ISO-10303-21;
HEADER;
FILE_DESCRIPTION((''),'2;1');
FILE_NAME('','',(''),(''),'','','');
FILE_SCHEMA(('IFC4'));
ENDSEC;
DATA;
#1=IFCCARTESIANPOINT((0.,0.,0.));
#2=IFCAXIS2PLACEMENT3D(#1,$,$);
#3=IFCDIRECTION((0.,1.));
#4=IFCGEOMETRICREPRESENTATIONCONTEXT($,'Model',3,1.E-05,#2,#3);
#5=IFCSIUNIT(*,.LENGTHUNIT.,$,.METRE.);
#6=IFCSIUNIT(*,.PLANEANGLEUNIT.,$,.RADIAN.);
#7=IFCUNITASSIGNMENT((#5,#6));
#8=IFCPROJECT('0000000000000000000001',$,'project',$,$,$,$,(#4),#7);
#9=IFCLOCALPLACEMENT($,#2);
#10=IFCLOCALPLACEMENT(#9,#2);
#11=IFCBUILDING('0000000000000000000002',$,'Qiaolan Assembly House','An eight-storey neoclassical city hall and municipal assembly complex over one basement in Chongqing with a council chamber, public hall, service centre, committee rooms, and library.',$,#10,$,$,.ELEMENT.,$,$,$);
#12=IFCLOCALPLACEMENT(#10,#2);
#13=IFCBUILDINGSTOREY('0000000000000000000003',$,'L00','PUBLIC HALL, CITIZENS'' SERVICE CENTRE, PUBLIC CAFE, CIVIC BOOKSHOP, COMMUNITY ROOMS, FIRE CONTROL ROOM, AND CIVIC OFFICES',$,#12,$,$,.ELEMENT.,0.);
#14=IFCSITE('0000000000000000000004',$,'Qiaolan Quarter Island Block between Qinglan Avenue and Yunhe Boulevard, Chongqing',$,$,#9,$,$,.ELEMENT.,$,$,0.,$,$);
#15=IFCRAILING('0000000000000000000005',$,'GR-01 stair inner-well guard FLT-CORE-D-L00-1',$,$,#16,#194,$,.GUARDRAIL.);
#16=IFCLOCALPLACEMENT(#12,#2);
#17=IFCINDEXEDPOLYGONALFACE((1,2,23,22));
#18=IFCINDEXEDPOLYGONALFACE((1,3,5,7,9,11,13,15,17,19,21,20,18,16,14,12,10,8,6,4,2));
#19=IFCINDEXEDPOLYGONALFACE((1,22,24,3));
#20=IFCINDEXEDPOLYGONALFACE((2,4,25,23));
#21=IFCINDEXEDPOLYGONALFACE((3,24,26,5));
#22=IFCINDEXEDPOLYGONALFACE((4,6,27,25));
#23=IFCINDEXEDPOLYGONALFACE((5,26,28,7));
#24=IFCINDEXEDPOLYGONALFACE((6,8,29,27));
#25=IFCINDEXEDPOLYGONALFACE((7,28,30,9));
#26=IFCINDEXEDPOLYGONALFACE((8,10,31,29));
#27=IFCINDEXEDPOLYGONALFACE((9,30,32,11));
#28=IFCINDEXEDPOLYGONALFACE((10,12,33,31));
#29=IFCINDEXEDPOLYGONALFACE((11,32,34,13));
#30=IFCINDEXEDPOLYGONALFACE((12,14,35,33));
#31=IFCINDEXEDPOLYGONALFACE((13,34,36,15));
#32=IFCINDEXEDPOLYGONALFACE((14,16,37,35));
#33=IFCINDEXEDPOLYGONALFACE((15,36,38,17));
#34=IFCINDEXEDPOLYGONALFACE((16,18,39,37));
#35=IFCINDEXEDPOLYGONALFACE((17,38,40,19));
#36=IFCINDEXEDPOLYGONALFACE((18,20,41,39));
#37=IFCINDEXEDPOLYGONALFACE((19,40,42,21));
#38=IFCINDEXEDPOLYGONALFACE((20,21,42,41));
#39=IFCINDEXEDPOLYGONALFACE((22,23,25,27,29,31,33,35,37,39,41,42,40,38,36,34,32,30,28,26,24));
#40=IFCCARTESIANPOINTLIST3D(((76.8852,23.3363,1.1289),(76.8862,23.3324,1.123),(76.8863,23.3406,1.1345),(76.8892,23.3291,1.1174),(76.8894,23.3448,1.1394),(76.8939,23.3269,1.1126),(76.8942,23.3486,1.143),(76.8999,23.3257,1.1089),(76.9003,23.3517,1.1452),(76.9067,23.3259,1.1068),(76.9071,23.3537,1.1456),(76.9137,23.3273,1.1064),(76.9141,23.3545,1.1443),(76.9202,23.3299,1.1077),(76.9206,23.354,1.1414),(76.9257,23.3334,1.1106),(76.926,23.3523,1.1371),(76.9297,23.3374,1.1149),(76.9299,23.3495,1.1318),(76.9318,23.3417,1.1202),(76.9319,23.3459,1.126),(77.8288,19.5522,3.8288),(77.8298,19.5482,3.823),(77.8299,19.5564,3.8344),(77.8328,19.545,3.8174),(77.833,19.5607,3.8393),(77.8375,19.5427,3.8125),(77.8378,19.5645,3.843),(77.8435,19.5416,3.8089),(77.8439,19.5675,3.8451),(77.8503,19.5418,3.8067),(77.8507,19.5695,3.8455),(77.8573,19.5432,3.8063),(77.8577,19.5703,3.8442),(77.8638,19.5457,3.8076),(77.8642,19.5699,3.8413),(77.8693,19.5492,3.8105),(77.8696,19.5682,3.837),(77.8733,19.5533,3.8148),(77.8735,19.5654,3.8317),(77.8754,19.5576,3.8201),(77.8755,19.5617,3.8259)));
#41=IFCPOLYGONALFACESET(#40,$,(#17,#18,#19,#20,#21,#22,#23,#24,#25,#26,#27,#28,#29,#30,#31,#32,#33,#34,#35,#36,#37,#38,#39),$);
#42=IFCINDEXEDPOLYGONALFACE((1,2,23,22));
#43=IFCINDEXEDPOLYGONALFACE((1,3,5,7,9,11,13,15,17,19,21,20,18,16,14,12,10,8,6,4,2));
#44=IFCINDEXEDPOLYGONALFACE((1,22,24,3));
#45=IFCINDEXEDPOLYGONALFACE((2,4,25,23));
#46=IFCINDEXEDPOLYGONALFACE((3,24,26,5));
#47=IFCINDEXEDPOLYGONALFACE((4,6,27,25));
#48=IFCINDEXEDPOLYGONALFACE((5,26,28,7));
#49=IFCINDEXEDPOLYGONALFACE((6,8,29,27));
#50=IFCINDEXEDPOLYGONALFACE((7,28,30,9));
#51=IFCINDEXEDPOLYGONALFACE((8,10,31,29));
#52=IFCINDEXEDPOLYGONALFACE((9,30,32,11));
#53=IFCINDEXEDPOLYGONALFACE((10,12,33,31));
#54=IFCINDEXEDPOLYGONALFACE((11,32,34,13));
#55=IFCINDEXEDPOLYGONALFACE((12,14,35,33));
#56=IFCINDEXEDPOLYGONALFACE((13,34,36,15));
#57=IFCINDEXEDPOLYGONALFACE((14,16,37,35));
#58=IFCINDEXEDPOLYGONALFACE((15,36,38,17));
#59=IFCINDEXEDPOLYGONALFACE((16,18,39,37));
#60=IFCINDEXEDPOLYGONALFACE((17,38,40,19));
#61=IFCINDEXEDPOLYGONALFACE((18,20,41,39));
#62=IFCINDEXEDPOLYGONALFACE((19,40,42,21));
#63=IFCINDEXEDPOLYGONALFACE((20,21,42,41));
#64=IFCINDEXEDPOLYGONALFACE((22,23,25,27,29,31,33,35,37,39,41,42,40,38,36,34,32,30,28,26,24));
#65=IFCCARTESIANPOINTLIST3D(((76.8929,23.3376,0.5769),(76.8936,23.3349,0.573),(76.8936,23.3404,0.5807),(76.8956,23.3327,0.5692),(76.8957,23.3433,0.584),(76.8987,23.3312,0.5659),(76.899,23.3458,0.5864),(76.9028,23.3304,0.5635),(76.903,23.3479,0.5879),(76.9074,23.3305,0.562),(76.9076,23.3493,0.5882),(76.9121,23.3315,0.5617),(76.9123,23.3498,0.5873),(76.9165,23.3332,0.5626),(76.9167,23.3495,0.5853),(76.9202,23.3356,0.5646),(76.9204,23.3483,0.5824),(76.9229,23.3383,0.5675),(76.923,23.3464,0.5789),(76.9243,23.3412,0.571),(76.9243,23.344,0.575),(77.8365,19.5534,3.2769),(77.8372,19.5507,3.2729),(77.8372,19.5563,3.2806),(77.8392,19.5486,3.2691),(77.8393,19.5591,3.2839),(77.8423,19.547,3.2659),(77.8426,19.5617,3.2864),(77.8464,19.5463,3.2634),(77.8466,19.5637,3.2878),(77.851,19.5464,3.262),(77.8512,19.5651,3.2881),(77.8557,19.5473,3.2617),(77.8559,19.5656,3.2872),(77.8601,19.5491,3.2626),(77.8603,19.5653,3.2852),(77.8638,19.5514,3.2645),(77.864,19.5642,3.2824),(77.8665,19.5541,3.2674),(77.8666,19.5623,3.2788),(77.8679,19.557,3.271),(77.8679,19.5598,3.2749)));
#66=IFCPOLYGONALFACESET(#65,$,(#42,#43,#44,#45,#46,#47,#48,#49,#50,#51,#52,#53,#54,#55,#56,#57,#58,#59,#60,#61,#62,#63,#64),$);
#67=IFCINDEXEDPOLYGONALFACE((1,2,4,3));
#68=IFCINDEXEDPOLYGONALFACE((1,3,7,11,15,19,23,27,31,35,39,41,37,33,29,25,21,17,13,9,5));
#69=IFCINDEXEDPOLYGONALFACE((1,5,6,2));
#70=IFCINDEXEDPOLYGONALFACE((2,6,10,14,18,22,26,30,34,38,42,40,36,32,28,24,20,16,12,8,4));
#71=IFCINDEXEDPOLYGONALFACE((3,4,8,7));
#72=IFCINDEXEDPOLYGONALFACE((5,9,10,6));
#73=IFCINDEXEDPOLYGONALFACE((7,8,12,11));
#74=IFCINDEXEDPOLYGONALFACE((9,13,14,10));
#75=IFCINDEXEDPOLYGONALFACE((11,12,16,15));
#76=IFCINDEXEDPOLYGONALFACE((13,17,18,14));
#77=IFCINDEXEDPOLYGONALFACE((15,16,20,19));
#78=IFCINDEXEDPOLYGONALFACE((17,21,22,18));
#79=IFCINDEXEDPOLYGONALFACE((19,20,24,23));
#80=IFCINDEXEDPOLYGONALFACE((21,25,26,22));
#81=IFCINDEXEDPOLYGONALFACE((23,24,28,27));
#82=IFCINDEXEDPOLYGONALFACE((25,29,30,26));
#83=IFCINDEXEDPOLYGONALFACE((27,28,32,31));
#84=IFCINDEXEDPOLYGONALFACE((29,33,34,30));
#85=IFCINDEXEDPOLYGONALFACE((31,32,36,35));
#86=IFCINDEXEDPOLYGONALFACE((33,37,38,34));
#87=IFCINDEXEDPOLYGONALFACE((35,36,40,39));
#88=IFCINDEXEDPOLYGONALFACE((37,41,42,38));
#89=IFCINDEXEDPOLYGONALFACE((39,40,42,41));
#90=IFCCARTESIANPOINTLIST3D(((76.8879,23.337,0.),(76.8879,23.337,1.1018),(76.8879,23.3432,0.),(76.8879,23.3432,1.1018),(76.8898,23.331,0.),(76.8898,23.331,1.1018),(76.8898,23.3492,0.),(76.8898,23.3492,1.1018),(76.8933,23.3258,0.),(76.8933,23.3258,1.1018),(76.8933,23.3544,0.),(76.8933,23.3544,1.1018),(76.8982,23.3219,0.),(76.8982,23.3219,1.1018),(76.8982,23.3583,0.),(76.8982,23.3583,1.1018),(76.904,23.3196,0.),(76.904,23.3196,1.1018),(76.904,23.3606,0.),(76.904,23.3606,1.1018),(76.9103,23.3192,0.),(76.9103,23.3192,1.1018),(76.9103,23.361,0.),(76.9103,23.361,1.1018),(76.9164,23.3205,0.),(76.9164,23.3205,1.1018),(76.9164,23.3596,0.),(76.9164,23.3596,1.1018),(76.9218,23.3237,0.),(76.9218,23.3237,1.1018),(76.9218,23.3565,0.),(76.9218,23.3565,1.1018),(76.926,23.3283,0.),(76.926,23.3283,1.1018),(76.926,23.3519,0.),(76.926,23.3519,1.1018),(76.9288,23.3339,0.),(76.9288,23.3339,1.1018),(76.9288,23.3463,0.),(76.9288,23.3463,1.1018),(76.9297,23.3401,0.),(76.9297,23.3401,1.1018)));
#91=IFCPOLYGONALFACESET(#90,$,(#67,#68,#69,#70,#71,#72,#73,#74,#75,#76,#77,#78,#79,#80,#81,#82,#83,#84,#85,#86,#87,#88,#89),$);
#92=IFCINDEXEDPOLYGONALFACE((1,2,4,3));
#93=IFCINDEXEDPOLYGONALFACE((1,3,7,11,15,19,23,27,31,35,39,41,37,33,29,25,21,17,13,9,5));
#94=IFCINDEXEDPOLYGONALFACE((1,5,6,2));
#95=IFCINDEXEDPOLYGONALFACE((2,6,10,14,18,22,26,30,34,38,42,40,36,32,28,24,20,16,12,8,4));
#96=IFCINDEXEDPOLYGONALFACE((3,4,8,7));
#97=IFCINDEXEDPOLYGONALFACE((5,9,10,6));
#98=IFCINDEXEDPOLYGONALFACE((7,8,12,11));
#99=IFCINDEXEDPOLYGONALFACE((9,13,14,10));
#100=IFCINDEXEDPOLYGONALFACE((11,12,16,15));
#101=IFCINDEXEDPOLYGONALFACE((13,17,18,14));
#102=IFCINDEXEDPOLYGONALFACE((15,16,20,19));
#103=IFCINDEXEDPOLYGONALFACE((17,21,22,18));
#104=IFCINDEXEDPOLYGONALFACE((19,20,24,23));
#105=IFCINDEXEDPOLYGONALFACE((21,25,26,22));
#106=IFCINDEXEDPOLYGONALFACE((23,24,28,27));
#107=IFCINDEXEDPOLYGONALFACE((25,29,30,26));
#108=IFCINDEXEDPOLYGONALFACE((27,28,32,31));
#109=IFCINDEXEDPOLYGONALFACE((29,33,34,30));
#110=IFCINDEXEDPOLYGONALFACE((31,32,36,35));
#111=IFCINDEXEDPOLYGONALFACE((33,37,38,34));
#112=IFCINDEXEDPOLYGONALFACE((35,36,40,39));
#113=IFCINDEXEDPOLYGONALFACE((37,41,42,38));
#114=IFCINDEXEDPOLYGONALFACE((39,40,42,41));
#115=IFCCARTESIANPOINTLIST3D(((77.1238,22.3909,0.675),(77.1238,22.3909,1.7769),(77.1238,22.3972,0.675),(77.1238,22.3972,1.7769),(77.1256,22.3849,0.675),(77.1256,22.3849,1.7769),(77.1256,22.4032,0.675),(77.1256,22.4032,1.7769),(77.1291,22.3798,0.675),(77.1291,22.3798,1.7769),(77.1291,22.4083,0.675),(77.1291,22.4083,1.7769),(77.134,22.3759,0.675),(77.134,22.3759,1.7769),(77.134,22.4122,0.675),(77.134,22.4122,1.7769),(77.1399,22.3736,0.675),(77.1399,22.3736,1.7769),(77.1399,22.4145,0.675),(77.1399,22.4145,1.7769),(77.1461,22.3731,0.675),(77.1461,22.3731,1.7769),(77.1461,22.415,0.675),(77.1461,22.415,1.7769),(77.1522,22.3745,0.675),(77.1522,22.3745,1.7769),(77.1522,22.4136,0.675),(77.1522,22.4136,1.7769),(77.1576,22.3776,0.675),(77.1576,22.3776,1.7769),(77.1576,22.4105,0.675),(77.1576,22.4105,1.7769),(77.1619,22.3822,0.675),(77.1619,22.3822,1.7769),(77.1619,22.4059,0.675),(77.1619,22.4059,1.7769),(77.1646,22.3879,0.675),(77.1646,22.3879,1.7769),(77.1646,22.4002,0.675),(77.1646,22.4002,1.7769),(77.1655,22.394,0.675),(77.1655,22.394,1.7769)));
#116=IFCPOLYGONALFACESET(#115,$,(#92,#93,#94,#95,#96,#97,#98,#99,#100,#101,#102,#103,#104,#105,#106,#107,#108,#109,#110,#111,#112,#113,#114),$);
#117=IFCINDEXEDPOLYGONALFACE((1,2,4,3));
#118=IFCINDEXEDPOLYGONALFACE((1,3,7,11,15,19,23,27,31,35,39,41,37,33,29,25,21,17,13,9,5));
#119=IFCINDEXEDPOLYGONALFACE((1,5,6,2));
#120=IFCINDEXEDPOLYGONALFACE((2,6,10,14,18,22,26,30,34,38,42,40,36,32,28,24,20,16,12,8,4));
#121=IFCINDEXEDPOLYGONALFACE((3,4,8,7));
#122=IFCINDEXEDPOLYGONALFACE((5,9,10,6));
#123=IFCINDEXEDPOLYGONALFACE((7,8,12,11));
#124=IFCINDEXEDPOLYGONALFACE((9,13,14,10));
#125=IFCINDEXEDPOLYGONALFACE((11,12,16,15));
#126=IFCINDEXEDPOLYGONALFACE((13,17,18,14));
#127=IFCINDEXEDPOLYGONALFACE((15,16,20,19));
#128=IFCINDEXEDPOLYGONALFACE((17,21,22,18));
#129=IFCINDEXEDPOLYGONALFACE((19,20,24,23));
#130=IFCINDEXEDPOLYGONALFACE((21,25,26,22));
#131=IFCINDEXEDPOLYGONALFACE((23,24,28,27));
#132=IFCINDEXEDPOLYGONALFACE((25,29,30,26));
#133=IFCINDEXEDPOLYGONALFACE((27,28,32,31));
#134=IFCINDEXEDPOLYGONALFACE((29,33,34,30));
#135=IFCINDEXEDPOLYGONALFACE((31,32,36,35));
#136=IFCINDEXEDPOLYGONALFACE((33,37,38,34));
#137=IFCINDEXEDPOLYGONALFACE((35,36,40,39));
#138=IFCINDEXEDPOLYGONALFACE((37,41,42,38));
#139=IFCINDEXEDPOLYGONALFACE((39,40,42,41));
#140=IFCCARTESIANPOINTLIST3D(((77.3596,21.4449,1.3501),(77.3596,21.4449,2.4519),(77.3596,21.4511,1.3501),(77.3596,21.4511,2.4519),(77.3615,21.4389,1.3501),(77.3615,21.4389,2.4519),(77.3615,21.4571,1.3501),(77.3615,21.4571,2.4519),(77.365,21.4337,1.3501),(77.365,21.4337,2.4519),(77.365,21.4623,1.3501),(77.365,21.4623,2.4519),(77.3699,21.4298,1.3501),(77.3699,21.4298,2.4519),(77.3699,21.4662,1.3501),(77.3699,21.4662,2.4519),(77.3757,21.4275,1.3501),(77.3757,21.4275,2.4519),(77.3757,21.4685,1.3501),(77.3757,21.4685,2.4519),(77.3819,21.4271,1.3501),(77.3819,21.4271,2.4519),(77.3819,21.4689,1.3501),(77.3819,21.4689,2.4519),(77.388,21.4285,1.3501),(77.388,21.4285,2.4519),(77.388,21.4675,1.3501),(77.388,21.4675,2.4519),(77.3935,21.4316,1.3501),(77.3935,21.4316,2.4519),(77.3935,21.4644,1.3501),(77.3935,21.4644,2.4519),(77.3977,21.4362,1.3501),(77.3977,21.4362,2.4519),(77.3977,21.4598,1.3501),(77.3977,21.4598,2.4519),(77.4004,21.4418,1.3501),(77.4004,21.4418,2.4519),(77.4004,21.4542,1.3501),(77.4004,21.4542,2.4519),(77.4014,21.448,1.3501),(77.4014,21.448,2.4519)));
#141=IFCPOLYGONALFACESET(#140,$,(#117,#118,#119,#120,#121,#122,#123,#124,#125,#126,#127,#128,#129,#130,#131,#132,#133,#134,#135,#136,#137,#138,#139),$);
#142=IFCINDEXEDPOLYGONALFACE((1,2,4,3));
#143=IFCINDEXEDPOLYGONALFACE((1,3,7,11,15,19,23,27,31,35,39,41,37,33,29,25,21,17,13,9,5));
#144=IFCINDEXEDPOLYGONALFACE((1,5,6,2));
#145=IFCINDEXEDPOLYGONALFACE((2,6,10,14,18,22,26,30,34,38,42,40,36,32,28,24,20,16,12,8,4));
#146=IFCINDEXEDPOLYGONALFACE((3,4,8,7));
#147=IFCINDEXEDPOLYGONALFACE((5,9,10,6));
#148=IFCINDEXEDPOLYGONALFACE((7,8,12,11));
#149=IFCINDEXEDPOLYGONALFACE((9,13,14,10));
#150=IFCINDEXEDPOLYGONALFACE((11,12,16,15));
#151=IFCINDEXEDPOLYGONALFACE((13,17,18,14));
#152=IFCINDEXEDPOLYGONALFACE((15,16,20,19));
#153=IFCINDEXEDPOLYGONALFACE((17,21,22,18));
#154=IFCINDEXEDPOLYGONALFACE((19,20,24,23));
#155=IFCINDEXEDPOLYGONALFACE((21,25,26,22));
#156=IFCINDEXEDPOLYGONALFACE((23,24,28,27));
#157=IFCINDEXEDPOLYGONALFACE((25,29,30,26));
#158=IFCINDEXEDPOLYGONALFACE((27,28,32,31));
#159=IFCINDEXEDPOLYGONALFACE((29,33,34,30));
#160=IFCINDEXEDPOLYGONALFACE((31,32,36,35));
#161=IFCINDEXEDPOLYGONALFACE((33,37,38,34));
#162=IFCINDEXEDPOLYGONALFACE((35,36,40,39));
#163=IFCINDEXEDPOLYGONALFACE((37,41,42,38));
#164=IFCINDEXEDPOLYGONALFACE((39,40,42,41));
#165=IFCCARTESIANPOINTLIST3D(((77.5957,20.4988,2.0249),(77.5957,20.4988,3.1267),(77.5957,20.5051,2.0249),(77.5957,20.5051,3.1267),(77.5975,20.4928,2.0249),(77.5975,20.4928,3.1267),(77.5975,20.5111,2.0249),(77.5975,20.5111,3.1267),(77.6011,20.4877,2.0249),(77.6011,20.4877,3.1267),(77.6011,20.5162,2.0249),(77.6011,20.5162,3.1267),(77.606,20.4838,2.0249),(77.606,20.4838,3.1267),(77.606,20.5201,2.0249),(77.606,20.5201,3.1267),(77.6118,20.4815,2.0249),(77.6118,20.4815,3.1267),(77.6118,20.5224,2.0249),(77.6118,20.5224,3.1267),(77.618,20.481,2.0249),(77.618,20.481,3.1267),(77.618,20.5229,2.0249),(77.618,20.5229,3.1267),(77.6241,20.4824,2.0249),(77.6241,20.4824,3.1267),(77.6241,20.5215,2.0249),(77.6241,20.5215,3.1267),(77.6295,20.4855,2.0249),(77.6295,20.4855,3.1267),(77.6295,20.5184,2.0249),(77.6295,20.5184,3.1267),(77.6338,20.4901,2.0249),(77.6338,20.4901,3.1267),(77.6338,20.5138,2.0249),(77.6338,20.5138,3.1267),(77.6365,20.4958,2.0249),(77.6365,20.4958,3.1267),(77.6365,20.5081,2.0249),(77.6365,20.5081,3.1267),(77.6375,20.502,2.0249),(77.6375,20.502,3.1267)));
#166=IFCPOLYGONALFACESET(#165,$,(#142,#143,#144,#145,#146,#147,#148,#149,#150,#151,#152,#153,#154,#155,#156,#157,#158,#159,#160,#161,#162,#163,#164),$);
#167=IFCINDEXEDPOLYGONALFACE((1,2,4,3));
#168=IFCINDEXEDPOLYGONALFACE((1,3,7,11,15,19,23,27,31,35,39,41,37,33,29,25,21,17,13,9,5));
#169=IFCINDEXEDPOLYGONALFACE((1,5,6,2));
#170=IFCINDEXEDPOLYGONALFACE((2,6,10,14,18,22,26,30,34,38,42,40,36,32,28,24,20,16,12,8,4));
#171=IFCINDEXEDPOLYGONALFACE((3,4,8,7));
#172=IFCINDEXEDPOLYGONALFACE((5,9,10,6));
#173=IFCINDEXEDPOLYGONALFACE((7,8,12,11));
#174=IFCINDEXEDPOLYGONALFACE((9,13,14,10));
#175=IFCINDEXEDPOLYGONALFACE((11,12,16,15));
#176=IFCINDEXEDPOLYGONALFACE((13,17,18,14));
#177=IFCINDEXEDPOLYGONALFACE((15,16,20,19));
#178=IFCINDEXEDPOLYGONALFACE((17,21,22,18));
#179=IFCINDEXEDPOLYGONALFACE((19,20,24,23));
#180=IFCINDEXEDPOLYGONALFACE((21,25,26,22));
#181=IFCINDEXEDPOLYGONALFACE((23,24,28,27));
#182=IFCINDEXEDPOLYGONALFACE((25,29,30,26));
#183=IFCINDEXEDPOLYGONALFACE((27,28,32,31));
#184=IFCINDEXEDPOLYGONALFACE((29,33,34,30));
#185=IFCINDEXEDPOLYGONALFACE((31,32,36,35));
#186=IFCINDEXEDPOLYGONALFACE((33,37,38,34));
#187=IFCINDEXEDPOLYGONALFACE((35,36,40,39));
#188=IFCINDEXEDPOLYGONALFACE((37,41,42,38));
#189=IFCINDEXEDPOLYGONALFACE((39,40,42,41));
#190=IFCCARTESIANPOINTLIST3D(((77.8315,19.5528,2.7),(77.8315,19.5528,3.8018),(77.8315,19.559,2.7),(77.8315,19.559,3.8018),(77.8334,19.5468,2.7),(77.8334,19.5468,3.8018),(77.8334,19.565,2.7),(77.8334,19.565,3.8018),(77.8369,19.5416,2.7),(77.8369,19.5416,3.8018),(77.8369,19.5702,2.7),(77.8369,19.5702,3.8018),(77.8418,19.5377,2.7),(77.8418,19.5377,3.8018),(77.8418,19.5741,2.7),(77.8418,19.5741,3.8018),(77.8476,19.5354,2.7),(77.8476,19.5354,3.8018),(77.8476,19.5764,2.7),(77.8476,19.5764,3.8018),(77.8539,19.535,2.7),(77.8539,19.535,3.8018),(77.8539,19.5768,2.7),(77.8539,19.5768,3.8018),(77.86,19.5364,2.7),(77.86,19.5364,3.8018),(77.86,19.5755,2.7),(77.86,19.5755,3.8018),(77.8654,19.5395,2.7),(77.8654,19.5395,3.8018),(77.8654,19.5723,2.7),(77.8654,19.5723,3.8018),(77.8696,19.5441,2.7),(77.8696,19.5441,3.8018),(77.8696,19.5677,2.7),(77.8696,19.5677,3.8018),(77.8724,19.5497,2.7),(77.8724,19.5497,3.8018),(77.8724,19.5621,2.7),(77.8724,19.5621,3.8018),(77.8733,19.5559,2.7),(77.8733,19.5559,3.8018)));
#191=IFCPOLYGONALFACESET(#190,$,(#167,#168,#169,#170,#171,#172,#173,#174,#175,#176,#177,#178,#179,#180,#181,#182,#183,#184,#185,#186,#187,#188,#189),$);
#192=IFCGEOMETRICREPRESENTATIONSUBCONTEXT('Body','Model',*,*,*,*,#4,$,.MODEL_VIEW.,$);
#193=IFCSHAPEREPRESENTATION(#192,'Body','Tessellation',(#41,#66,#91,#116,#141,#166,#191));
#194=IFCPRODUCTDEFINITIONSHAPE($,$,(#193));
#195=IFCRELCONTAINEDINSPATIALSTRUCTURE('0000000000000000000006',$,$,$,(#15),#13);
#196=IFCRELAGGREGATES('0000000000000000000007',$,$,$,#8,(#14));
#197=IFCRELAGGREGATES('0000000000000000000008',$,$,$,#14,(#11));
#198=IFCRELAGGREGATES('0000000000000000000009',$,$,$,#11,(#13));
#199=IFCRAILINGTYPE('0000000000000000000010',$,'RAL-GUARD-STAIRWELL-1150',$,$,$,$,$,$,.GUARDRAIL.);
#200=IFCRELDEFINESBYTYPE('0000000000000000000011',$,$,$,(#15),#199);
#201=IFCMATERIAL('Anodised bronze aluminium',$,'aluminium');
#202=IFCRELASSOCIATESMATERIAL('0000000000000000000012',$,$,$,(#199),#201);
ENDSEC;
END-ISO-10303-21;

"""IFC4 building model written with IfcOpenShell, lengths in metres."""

from ifc_helpers import new_model, si_unit, direction, frame, origin, origin_2d, place, context, subcontext, project, spatial, circle, extrude, material, type_object, element, save


model = new_model("IFC4")

# Units and contexts
model_context = context("Model", 3, precision=1e-05, world=origin(), true_north=direction((0.0, 1.0)))
body_context = subcontext(model_context, "Body", "Model", "MODEL_VIEW")
ifc_project = project(units=[si_unit("LENGTHUNIT", "METRE"), si_unit("PLANEANGLEUNIT", "RADIAN")], contexts=[model_context])

# Site, building, storey
site_placement = place(None, origin())
site = spatial("IfcSite", under=ifc_project, at=site_placement, Name="Qiaolan Quarter Island Block between Qinglan Avenue and Yunhe Boulevard, Chongqing", CompositionType="ELEMENT", RefElevation=0.0)
building_placement = place(site_placement, origin())
building = spatial("IfcBuilding", under=site, at=building_placement, Name="Qiaolan Assembly House", Description="An eight-storey neoclassical city hall and municipal assembly complex over one basement in Chongqing with a council chamber, public hall, service centre, committee rooms, and library.", CompositionType="ELEMENT")
storey_placement = place(building_placement, origin())
storey = spatial("IfcBuildingStorey", under=building, at=storey_placement, Name="L00", Description="PUBLIC HALL, CITIZENS' SERVICE CENTRE, PUBLIC CAFE, CIVIC BOOKSHOP, COMMUNITY ROOMS, FIRE CONTROL ROOM, AND CIVIC OFFICES", CompositionType="ELEMENT", Elevation=0.0)

# Railing
ifc_material_1 = material(Name="Anodised bronze aluminium", Category="aluminium")
railing_type_1 = type_object("IfcRailingType", Name="RAL-GUARD-STAIRWELL-1150", PredefinedType="GUARDRAIL", material=ifc_material_1)
railing_1_placement = place(storey_placement, frame((76.9087, 23.3401, 0.0)))
element("IfcRailing", 1, at=railing_1_placement, inside=storey, type_object=railing_type_1, Name="GR-01 stair inner-well guard FLT-CORE-D-L00-1", PredefinedType="GUARDRAIL", context=body_context, shape_type="SweptSolid", body=[
    extrude(circle(Radius=0.0239, at=origin_2d()), frame((0.0, 0.0, 1.126), z_axis=(0.198928, -0.797773, 0.569198), x_axis=(0.97029, 0.241946, 0.0)), (0.0, 0.0, 1.0), 4.7434),
    extrude(circle(Radius=0.0161, at=origin_2d()), frame((0.0, 0.0, 0.575), z_axis=(0.198928, -0.797773, 0.569198), x_axis=(0.97029, 0.241946, 0.0)), (0.0, 0.0, 1.0), 4.7434),
    extrude(circle(Radius=0.021, at=origin_2d()), origin(), (0.0, 0.0, 1.0), 1.1018),
    extrude(circle(Radius=0.021, at=origin_2d()), frame((0.2358, -0.946, 0.675)), (0.0, 0.0, 1.0), 1.1018),
    extrude(circle(Radius=0.021, at=origin_2d()), frame((0.4717, -1.8921, 1.3501)), (0.0, 0.0, 1.0), 1.1018),
    extrude(circle(Radius=0.021, at=origin_2d()), frame((0.7078, -2.8381, 2.0249)), (0.0, 0.0, 1.0), 1.1018),
    extrude(circle(Radius=0.021, at=origin_2d()), frame((0.9436, -3.7842, 2.7)), (0.0, 0.0, 1.0), 1.1018),
])

save(model, "model.ifc")
